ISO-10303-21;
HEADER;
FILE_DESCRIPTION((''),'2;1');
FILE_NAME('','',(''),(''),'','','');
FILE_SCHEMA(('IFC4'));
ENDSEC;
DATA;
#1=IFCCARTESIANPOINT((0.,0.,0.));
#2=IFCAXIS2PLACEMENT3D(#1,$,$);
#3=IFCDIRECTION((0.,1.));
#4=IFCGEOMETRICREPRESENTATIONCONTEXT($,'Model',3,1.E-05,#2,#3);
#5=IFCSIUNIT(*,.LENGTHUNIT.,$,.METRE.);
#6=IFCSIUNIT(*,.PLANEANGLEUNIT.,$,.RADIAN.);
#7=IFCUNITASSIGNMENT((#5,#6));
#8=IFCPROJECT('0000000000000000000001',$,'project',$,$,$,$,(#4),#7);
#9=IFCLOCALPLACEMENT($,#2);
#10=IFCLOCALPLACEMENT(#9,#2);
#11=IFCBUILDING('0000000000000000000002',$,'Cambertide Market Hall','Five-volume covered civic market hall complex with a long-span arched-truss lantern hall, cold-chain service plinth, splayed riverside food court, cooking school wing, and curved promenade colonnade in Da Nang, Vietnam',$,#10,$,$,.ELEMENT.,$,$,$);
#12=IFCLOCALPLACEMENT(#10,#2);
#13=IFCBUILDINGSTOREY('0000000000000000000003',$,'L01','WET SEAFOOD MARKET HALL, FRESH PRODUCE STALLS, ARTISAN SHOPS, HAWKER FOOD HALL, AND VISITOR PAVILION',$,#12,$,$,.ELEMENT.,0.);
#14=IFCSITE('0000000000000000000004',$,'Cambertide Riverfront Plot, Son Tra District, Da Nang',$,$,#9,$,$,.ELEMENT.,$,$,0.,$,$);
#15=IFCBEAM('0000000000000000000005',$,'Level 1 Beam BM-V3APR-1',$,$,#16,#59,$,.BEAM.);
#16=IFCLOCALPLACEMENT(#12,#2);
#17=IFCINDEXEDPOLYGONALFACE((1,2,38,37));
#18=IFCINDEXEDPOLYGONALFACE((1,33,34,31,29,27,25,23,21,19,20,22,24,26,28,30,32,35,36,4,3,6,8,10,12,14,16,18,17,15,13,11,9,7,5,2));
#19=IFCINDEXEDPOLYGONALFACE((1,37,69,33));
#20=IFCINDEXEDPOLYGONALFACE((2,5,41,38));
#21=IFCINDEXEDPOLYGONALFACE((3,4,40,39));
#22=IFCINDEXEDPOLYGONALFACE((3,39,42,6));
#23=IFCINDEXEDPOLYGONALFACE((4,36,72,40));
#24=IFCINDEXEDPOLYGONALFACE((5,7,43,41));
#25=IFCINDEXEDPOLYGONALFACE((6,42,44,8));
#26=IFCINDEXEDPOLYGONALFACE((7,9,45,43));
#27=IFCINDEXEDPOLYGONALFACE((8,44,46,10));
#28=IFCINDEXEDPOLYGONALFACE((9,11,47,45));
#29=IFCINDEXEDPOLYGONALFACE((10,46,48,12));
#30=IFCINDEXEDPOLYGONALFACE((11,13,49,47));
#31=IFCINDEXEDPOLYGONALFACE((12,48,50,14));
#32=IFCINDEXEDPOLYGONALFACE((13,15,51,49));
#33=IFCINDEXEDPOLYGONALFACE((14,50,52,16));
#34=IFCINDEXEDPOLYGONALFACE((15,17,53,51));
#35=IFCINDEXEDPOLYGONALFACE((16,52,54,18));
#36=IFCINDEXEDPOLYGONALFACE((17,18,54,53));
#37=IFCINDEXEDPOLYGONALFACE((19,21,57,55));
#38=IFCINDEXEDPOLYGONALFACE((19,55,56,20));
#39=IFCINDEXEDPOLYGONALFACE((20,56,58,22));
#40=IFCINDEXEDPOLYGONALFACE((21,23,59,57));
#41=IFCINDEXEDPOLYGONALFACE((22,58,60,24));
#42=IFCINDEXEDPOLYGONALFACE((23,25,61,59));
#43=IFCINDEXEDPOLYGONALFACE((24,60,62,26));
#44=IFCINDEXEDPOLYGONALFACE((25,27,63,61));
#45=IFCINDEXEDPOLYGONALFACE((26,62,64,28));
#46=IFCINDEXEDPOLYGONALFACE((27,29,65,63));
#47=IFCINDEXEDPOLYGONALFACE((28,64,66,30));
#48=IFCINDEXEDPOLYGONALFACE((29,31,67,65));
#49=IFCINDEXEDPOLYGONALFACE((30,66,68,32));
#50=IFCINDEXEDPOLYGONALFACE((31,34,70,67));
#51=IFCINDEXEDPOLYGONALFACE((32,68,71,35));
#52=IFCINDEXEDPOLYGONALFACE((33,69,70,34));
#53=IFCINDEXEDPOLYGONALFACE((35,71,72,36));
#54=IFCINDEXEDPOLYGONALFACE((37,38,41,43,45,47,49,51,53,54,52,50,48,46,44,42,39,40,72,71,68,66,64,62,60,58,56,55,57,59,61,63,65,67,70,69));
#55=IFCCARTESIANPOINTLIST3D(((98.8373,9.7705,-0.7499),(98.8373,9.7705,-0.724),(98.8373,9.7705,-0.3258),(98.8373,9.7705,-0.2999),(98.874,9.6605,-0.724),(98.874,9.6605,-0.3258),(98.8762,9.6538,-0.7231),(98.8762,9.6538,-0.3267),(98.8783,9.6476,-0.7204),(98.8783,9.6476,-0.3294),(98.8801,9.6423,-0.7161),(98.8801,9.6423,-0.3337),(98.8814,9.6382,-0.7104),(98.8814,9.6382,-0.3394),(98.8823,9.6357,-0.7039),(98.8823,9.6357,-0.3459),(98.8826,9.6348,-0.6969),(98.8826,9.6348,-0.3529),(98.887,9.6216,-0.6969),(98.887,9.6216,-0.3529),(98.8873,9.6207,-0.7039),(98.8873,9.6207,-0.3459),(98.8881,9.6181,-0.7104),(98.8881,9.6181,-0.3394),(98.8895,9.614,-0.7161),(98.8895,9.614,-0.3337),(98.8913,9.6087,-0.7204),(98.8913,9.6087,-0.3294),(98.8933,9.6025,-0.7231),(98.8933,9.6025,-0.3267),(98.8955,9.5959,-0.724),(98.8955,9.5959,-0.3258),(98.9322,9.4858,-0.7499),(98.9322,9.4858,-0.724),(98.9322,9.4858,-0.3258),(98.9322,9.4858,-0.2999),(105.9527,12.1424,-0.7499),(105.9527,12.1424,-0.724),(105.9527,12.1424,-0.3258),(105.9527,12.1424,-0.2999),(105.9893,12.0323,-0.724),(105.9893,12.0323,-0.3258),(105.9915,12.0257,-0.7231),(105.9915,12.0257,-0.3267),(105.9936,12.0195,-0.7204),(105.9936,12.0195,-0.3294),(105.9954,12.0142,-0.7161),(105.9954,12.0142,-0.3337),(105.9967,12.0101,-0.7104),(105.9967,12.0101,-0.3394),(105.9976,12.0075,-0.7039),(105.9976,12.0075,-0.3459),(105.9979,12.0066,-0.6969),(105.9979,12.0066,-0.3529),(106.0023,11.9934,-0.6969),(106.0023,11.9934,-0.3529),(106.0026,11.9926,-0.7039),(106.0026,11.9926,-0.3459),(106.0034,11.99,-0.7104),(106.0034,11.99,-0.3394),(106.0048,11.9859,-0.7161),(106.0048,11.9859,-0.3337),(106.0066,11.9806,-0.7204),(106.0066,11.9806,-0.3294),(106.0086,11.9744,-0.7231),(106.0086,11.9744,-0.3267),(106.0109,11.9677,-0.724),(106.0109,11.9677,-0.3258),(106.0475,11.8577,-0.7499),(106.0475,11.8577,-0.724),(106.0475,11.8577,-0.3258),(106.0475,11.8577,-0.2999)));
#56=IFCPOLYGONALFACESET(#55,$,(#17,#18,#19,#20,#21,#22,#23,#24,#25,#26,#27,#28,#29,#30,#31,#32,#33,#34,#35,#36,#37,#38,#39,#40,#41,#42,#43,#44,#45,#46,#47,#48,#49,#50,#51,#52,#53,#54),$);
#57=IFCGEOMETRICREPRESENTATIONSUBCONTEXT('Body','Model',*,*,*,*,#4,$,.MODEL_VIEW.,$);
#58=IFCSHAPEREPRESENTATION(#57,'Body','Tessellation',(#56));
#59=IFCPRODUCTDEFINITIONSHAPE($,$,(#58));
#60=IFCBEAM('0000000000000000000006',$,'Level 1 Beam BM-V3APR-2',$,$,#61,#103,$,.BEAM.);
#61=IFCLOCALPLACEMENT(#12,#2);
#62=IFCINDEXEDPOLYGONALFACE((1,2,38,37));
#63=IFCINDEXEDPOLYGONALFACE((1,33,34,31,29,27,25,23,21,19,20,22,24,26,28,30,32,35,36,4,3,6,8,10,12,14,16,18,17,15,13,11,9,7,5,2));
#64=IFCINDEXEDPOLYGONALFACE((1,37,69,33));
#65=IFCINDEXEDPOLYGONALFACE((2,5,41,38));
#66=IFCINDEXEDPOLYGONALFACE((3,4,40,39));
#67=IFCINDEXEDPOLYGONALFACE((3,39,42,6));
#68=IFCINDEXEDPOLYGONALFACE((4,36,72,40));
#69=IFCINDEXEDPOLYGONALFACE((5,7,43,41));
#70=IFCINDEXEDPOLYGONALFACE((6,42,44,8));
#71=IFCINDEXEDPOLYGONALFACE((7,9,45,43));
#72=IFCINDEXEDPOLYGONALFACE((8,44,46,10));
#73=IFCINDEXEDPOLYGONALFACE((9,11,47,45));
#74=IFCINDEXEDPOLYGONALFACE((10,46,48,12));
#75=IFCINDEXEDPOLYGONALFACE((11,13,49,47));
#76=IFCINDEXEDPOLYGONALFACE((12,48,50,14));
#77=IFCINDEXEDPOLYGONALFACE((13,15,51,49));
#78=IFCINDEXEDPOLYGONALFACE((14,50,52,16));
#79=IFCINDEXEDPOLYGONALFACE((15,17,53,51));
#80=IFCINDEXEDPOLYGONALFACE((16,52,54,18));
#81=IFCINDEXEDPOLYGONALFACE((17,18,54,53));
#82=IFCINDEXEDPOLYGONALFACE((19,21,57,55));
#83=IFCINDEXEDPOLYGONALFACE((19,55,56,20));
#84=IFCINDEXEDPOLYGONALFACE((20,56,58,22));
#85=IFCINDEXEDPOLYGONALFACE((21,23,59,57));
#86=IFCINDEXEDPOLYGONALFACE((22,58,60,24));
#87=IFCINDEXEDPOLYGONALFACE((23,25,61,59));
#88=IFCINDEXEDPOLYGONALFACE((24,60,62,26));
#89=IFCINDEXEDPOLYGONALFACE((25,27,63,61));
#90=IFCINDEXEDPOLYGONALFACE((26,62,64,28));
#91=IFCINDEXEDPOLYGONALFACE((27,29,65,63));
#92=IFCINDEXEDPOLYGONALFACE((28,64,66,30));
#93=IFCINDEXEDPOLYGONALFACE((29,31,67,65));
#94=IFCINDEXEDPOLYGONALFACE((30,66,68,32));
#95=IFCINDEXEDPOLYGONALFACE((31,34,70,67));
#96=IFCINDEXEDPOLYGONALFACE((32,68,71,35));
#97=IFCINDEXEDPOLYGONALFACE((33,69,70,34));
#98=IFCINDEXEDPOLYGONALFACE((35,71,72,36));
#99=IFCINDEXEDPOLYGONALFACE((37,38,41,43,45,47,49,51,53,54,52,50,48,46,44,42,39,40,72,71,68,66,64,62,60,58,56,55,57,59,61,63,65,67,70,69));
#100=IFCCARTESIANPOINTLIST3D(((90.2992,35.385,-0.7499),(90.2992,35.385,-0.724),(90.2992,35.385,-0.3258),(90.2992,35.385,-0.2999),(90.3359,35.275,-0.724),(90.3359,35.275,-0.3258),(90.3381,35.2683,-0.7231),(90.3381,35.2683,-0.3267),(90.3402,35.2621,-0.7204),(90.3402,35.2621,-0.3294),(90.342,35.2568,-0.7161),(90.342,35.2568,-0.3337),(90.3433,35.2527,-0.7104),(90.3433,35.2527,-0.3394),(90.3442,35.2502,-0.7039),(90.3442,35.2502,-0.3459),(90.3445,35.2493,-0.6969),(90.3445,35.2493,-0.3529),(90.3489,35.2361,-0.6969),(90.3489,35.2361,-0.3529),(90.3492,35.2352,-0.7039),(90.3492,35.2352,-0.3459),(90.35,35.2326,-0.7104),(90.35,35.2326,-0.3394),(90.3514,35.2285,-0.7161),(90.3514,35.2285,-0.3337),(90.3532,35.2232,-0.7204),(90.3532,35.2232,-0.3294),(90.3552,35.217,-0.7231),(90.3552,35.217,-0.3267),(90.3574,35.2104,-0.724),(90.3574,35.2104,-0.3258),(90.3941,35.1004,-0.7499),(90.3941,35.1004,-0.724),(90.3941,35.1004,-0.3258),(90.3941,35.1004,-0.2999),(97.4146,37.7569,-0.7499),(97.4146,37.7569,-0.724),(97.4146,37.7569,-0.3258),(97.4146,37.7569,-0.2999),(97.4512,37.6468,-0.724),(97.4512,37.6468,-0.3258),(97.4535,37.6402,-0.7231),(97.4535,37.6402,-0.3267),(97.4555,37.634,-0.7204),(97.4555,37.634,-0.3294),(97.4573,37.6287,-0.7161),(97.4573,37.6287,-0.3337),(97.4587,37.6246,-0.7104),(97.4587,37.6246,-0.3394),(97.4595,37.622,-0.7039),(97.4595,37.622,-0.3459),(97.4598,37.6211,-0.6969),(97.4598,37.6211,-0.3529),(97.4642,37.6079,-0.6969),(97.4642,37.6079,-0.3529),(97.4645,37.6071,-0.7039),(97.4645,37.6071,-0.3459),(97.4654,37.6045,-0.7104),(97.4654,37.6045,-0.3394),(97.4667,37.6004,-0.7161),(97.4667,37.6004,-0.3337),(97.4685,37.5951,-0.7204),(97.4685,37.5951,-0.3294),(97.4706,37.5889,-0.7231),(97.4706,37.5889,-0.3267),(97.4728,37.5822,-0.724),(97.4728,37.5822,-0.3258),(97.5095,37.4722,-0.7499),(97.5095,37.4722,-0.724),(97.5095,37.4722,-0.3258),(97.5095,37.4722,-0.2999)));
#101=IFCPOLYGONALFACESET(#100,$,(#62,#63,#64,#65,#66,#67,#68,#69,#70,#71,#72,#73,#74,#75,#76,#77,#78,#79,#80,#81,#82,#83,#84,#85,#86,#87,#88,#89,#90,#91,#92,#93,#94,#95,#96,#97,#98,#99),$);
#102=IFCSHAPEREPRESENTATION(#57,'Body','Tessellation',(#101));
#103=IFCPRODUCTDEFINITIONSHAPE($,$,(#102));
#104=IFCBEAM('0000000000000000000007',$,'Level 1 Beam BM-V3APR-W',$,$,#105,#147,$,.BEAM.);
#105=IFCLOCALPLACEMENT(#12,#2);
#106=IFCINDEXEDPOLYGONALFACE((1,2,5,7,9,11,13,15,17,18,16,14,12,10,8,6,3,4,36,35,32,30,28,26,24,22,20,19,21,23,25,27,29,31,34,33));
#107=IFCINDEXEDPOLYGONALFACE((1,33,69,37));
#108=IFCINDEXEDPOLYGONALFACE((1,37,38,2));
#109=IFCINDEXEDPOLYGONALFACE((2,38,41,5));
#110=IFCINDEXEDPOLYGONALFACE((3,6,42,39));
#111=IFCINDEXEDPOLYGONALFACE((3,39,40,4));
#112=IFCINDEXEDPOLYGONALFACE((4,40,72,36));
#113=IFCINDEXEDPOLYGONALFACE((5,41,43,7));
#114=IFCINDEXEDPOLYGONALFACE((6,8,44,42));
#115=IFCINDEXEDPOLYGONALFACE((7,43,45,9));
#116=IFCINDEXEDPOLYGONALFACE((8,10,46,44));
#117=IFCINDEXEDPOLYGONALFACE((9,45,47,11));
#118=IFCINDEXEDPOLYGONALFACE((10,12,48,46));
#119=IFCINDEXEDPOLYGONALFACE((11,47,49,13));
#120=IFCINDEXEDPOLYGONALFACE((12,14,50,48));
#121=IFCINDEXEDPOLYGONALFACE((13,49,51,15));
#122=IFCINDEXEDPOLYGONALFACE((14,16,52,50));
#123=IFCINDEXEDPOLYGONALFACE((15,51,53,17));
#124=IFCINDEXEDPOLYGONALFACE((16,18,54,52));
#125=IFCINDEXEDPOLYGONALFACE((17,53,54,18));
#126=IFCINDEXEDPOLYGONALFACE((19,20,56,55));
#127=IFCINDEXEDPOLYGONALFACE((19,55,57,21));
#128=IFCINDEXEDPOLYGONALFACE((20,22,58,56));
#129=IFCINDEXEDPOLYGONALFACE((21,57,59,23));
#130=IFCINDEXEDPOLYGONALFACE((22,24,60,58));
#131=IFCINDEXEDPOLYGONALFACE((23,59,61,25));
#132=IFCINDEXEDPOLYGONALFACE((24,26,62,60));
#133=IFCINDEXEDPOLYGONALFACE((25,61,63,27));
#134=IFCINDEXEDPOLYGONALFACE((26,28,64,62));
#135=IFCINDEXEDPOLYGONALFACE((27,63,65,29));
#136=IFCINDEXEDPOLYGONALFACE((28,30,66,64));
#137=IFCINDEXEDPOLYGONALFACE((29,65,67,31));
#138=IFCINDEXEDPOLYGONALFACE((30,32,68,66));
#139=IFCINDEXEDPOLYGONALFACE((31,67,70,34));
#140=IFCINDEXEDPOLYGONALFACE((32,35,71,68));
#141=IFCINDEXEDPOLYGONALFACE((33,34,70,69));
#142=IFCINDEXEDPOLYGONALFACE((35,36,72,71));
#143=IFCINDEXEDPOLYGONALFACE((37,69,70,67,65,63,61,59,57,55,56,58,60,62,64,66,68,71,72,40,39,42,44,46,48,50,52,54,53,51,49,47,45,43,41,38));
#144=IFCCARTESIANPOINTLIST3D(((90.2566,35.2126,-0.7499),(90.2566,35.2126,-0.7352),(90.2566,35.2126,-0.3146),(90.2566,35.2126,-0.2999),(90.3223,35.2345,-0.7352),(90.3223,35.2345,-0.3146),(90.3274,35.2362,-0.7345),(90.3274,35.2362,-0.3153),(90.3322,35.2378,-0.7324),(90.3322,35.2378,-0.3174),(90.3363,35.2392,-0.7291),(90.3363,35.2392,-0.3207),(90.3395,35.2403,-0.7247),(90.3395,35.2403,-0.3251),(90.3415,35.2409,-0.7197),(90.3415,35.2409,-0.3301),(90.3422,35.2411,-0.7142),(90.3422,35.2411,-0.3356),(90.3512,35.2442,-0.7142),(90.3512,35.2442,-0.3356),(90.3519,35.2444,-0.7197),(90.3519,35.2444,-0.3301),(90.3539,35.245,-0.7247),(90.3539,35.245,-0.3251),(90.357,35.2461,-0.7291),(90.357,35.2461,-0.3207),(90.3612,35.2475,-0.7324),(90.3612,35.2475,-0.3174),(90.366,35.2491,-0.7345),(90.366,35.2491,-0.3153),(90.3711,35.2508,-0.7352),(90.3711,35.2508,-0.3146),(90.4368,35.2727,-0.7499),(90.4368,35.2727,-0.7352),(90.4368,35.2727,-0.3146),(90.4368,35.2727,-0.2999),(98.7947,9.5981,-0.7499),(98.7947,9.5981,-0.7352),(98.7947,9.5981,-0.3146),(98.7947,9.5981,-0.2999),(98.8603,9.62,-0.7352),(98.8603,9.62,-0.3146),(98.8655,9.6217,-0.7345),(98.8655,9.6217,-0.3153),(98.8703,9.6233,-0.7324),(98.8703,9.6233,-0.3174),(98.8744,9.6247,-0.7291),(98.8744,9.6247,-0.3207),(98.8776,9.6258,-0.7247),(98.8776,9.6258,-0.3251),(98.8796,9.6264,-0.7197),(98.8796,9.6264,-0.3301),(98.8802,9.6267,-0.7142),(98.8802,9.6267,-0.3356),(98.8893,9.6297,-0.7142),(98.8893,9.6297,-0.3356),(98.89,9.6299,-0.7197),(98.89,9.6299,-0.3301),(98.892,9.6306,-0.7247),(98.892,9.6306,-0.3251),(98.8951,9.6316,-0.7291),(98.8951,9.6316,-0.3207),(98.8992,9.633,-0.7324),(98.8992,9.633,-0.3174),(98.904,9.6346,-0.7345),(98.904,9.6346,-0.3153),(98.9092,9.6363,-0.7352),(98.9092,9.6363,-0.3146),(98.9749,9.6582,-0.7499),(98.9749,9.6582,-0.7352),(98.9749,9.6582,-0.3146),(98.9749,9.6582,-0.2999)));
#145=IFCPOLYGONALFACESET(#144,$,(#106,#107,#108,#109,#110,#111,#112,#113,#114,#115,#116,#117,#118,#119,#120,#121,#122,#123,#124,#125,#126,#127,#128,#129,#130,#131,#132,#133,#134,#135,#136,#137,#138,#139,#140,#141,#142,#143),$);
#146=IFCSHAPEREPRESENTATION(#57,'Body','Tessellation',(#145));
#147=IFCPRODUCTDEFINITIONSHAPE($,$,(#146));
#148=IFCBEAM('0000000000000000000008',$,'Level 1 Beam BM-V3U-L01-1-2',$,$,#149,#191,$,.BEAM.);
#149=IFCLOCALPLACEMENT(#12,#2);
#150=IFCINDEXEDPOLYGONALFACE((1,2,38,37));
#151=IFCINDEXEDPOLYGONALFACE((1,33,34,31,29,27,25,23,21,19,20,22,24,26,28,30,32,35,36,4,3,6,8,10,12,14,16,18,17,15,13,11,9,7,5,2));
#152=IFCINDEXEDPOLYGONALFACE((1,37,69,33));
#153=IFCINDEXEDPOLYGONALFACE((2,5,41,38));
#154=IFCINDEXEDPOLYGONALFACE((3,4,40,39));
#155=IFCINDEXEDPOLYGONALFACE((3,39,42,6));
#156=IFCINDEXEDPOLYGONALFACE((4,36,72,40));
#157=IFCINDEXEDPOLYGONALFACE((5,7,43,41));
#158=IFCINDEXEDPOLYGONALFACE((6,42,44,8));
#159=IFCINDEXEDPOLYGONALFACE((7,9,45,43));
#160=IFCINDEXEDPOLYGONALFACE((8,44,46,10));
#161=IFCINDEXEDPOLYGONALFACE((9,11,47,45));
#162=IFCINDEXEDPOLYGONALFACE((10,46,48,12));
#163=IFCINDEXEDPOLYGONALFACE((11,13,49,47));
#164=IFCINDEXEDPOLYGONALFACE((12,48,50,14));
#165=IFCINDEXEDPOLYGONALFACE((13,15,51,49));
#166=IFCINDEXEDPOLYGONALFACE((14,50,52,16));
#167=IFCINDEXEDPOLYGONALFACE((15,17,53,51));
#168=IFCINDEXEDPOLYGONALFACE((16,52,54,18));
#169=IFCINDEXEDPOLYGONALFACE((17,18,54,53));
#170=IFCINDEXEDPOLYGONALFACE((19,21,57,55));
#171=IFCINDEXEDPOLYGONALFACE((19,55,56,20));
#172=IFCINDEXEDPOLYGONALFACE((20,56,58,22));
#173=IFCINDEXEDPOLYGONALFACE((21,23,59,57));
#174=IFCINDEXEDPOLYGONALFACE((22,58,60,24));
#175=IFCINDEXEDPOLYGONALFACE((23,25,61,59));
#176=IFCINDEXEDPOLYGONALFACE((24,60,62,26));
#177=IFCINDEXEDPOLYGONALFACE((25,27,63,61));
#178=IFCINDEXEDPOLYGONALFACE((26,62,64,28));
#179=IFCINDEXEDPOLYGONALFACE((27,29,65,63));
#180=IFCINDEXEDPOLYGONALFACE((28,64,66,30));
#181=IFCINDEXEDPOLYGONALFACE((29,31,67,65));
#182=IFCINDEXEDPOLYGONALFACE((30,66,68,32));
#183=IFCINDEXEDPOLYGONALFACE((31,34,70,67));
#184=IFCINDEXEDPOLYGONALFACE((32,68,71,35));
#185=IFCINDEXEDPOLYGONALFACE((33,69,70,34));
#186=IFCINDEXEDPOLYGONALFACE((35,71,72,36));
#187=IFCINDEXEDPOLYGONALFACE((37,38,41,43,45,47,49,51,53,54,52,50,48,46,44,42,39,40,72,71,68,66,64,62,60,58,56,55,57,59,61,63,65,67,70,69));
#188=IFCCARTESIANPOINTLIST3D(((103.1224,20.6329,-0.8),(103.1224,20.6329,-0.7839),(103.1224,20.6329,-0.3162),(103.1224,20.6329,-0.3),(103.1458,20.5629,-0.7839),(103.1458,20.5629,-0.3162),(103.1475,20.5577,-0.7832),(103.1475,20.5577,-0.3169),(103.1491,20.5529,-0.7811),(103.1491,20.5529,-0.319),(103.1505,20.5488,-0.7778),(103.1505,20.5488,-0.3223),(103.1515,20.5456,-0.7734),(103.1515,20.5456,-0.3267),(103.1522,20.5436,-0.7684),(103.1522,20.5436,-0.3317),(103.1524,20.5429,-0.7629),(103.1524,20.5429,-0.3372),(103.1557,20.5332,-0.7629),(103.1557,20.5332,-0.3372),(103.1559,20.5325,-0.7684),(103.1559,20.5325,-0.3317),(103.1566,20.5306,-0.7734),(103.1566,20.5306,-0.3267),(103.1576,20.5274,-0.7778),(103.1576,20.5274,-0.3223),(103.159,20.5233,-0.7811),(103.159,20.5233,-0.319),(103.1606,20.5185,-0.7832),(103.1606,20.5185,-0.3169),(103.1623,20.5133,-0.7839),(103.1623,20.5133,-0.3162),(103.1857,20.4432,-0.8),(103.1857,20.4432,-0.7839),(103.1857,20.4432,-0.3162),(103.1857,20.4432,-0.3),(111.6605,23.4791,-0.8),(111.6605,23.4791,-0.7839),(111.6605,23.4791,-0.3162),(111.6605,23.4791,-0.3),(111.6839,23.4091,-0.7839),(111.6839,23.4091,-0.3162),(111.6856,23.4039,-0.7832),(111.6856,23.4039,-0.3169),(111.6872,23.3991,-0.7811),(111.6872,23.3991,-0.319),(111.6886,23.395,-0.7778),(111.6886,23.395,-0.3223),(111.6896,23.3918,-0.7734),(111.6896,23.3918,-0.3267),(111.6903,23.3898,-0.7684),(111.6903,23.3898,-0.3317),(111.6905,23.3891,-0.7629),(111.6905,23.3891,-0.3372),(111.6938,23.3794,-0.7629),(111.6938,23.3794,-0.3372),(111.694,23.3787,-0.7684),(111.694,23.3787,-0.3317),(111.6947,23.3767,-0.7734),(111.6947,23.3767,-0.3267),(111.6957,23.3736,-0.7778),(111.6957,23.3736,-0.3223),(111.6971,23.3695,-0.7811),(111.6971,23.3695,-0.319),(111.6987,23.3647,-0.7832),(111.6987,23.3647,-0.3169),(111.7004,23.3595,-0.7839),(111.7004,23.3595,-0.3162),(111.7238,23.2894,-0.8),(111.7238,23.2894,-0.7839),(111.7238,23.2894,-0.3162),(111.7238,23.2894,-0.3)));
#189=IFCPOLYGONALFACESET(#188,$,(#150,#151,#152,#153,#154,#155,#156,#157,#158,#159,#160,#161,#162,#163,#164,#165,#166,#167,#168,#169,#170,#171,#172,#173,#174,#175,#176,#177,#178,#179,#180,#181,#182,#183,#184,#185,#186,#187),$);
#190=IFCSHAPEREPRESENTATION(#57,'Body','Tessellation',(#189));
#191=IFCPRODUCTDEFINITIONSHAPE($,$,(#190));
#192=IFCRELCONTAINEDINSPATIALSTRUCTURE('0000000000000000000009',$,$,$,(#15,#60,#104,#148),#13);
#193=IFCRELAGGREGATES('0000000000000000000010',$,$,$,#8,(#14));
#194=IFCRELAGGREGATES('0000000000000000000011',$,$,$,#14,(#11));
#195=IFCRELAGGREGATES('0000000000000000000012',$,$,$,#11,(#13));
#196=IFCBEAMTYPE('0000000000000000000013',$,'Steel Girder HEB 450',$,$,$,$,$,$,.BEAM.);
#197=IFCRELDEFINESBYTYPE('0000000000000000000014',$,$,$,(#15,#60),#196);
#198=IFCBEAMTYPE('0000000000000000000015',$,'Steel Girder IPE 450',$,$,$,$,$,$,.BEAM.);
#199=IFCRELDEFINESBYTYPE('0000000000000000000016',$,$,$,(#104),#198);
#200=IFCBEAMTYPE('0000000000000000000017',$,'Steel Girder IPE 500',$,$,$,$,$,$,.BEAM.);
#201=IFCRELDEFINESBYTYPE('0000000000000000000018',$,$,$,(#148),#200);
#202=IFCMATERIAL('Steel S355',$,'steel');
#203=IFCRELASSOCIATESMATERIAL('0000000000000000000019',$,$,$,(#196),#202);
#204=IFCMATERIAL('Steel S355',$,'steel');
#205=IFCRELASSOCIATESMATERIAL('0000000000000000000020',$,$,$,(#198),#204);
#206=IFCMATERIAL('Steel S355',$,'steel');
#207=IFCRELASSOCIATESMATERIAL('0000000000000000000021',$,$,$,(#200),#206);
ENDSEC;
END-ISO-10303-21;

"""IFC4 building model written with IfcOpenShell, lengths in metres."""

from ifc_helpers import new_model, si_unit, direction, frame, origin, origin_2d, place, context, subcontext, project, spatial, i_section, extrude, material, material_profile, profile_set, type_object, element, save


model = new_model("IFC4")

# Units and contexts
model_context = context("Model", 3, precision=1e-05, world=origin(), true_north=direction((0.0, 1.0)))
body_context = subcontext(model_context, "Body", "Model", "MODEL_VIEW")
ifc_project = project(units=[si_unit("LENGTHUNIT", "METRE"), si_unit("PLANEANGLEUNIT", "RADIAN")], contexts=[model_context])

# Site, building, storey
site_placement = place(None, origin())
site = spatial("IfcSite", under=ifc_project, at=site_placement, Name="Cambertide Riverfront Plot, Son Tra District, Da Nang", CompositionType="ELEMENT", RefElevation=0.0)
building_placement = place(site_placement, origin())
building = spatial("IfcBuilding", under=site, at=building_placement, Name="Cambertide Market Hall", Description="Five-volume covered civic market hall complex with a long-span arched-truss lantern hall, cold-chain service plinth, splayed riverside food court, cooking school wing, and curved promenade colonnade in Da Nang, Vietnam", CompositionType="ELEMENT")
storey_placement = place(building_placement, origin())
storey = spatial("IfcBuildingStorey", under=building, at=storey_placement, Name="L01", Description="WET SEAFOOD MARKET HALL, FRESH PRODUCE STALLS, ARTISAN SHOPS, HAWKER FOOD HALL, AND VISITOR PAVILION", CompositionType="ELEMENT", Elevation=0.0)

# Beams
ifc_material_1 = material(Name="Steel S355", Category="steel")
ifc_material_profile_1 = material_profile(ifc_material_1, i_section(OverallWidth=0.3, OverallDepth=0.45, WebThickness=0.0139, FlangeThickness=0.0259, FilletRadius=0.0271, at=origin_2d()), Name="HEB 450")
ifc_profile_set_1 = profile_set([ifc_material_profile_1], Name="Steel S355")
beam_type_1 = type_object("IfcBeamType", Name="Steel Girder HEB 450", PredefinedType="BEAM", material=ifc_profile_set_1)
for number, where, z_axis, x_axis, name in (
    (1, (98.8848, 9.6282, -0.5249), (0.94868, 0.316238, 0.0), (-0.316238, 0.94868, 0.0), "Level 1 Beam BM-V3APR-1"),
    (2, (90.3467, 35.2427, -0.5249), (0.94868, 0.316238, 0.0), (-0.316238, 0.94868, 0.0), "Level 1 Beam BM-V3APR-2"),
):
    element("IfcBeam", number, at=place(storey_placement, frame(where, z_axis=z_axis, x_axis=x_axis)), inside=storey, type_object=beam_type_1, Name=name, PredefinedType="BEAM", context=body_context, shape_type="SweptSolid", body=[
        extrude(i_section(OverallWidth=0.3, OverallDepth=0.45, WebThickness=0.0139, FlangeThickness=0.0259, FilletRadius=0.0271, at=origin_2d()), origin(), (0.0, 0.0, 1.0), 7.5002),
    ])
ifc_material_2 = material(Name="Steel S355", Category="steel")
ifc_material_profile_2 = material_profile(ifc_material_2, i_section(OverallWidth=0.1899, OverallDepth=0.45, WebThickness=0.0095, FlangeThickness=0.0146, FilletRadius=0.021, at=origin_2d()), Name="IPE 450")
ifc_profile_set_2 = profile_set([ifc_material_profile_2], Name="Steel S355")
beam_type_2 = type_object("IfcBeamType", Name="Steel Girder IPE 450", PredefinedType="BEAM", material=ifc_profile_set_2)
beam_1_placement = place(storey_placement, frame((98.8848, 9.6282, -0.5249), z_axis=(-0.316225, 0.948684, 0.0), x_axis=(-0.948684, -0.316225, 0.0)))
element("IfcBeam", 3, at=beam_1_placement, inside=storey, type_object=beam_type_2, Name="Level 1 Beam BM-V3APR-W", PredefinedType="BEAM", context=body_context, shape_type="SweptSolid", body=[
    extrude(i_section(OverallWidth=0.1899, OverallDepth=0.45, WebThickness=0.0095, FlangeThickness=0.0146, FilletRadius=0.021, at=origin_2d()), origin(), (0.0, 0.0, 1.0), 27.0),
])
ifc_material_3 = material(Name="Steel S355", Category="steel")
ifc_material_profile_3 = material_profile(ifc_material_3, i_section(OverallWidth=0.2, OverallDepth=0.5, WebThickness=0.0103, FlangeThickness=0.0161, FilletRadius=0.021, at=origin_2d()), Name="IPE 500")
ifc_profile_set_3 = profile_set([ifc_material_profile_3], Name="Steel S355")
beam_type_3 = type_object("IfcBeamType", Name="Steel Girder IPE 500", PredefinedType="BEAM", material=ifc_profile_set_3)
for number, where, z_axis, x_axis, name in (
    (4, (103.1541, 20.5381, -0.55), (0.948678, 0.316244, 0.0), (-0.316244, 0.948678, 0.0), "Level 1 Beam BM-V3U-L01-1-2"),
):
    element("IfcBeam", number, at=place(storey_placement, frame(where, z_axis=z_axis, x_axis=x_axis)), inside=storey, type_object=beam_type_3, Name=name, PredefinedType="BEAM", context=body_context, shape_type="SweptSolid", body=[
        extrude(i_section(OverallWidth=0.2, OverallDepth=0.5, WebThickness=0.0103, FlangeThickness=0.0161, FilletRadius=0.021, at=origin_2d()), origin(), (0.0, 0.0, 1.0), 9.0),
    ])

save(model, "model.ifc")
